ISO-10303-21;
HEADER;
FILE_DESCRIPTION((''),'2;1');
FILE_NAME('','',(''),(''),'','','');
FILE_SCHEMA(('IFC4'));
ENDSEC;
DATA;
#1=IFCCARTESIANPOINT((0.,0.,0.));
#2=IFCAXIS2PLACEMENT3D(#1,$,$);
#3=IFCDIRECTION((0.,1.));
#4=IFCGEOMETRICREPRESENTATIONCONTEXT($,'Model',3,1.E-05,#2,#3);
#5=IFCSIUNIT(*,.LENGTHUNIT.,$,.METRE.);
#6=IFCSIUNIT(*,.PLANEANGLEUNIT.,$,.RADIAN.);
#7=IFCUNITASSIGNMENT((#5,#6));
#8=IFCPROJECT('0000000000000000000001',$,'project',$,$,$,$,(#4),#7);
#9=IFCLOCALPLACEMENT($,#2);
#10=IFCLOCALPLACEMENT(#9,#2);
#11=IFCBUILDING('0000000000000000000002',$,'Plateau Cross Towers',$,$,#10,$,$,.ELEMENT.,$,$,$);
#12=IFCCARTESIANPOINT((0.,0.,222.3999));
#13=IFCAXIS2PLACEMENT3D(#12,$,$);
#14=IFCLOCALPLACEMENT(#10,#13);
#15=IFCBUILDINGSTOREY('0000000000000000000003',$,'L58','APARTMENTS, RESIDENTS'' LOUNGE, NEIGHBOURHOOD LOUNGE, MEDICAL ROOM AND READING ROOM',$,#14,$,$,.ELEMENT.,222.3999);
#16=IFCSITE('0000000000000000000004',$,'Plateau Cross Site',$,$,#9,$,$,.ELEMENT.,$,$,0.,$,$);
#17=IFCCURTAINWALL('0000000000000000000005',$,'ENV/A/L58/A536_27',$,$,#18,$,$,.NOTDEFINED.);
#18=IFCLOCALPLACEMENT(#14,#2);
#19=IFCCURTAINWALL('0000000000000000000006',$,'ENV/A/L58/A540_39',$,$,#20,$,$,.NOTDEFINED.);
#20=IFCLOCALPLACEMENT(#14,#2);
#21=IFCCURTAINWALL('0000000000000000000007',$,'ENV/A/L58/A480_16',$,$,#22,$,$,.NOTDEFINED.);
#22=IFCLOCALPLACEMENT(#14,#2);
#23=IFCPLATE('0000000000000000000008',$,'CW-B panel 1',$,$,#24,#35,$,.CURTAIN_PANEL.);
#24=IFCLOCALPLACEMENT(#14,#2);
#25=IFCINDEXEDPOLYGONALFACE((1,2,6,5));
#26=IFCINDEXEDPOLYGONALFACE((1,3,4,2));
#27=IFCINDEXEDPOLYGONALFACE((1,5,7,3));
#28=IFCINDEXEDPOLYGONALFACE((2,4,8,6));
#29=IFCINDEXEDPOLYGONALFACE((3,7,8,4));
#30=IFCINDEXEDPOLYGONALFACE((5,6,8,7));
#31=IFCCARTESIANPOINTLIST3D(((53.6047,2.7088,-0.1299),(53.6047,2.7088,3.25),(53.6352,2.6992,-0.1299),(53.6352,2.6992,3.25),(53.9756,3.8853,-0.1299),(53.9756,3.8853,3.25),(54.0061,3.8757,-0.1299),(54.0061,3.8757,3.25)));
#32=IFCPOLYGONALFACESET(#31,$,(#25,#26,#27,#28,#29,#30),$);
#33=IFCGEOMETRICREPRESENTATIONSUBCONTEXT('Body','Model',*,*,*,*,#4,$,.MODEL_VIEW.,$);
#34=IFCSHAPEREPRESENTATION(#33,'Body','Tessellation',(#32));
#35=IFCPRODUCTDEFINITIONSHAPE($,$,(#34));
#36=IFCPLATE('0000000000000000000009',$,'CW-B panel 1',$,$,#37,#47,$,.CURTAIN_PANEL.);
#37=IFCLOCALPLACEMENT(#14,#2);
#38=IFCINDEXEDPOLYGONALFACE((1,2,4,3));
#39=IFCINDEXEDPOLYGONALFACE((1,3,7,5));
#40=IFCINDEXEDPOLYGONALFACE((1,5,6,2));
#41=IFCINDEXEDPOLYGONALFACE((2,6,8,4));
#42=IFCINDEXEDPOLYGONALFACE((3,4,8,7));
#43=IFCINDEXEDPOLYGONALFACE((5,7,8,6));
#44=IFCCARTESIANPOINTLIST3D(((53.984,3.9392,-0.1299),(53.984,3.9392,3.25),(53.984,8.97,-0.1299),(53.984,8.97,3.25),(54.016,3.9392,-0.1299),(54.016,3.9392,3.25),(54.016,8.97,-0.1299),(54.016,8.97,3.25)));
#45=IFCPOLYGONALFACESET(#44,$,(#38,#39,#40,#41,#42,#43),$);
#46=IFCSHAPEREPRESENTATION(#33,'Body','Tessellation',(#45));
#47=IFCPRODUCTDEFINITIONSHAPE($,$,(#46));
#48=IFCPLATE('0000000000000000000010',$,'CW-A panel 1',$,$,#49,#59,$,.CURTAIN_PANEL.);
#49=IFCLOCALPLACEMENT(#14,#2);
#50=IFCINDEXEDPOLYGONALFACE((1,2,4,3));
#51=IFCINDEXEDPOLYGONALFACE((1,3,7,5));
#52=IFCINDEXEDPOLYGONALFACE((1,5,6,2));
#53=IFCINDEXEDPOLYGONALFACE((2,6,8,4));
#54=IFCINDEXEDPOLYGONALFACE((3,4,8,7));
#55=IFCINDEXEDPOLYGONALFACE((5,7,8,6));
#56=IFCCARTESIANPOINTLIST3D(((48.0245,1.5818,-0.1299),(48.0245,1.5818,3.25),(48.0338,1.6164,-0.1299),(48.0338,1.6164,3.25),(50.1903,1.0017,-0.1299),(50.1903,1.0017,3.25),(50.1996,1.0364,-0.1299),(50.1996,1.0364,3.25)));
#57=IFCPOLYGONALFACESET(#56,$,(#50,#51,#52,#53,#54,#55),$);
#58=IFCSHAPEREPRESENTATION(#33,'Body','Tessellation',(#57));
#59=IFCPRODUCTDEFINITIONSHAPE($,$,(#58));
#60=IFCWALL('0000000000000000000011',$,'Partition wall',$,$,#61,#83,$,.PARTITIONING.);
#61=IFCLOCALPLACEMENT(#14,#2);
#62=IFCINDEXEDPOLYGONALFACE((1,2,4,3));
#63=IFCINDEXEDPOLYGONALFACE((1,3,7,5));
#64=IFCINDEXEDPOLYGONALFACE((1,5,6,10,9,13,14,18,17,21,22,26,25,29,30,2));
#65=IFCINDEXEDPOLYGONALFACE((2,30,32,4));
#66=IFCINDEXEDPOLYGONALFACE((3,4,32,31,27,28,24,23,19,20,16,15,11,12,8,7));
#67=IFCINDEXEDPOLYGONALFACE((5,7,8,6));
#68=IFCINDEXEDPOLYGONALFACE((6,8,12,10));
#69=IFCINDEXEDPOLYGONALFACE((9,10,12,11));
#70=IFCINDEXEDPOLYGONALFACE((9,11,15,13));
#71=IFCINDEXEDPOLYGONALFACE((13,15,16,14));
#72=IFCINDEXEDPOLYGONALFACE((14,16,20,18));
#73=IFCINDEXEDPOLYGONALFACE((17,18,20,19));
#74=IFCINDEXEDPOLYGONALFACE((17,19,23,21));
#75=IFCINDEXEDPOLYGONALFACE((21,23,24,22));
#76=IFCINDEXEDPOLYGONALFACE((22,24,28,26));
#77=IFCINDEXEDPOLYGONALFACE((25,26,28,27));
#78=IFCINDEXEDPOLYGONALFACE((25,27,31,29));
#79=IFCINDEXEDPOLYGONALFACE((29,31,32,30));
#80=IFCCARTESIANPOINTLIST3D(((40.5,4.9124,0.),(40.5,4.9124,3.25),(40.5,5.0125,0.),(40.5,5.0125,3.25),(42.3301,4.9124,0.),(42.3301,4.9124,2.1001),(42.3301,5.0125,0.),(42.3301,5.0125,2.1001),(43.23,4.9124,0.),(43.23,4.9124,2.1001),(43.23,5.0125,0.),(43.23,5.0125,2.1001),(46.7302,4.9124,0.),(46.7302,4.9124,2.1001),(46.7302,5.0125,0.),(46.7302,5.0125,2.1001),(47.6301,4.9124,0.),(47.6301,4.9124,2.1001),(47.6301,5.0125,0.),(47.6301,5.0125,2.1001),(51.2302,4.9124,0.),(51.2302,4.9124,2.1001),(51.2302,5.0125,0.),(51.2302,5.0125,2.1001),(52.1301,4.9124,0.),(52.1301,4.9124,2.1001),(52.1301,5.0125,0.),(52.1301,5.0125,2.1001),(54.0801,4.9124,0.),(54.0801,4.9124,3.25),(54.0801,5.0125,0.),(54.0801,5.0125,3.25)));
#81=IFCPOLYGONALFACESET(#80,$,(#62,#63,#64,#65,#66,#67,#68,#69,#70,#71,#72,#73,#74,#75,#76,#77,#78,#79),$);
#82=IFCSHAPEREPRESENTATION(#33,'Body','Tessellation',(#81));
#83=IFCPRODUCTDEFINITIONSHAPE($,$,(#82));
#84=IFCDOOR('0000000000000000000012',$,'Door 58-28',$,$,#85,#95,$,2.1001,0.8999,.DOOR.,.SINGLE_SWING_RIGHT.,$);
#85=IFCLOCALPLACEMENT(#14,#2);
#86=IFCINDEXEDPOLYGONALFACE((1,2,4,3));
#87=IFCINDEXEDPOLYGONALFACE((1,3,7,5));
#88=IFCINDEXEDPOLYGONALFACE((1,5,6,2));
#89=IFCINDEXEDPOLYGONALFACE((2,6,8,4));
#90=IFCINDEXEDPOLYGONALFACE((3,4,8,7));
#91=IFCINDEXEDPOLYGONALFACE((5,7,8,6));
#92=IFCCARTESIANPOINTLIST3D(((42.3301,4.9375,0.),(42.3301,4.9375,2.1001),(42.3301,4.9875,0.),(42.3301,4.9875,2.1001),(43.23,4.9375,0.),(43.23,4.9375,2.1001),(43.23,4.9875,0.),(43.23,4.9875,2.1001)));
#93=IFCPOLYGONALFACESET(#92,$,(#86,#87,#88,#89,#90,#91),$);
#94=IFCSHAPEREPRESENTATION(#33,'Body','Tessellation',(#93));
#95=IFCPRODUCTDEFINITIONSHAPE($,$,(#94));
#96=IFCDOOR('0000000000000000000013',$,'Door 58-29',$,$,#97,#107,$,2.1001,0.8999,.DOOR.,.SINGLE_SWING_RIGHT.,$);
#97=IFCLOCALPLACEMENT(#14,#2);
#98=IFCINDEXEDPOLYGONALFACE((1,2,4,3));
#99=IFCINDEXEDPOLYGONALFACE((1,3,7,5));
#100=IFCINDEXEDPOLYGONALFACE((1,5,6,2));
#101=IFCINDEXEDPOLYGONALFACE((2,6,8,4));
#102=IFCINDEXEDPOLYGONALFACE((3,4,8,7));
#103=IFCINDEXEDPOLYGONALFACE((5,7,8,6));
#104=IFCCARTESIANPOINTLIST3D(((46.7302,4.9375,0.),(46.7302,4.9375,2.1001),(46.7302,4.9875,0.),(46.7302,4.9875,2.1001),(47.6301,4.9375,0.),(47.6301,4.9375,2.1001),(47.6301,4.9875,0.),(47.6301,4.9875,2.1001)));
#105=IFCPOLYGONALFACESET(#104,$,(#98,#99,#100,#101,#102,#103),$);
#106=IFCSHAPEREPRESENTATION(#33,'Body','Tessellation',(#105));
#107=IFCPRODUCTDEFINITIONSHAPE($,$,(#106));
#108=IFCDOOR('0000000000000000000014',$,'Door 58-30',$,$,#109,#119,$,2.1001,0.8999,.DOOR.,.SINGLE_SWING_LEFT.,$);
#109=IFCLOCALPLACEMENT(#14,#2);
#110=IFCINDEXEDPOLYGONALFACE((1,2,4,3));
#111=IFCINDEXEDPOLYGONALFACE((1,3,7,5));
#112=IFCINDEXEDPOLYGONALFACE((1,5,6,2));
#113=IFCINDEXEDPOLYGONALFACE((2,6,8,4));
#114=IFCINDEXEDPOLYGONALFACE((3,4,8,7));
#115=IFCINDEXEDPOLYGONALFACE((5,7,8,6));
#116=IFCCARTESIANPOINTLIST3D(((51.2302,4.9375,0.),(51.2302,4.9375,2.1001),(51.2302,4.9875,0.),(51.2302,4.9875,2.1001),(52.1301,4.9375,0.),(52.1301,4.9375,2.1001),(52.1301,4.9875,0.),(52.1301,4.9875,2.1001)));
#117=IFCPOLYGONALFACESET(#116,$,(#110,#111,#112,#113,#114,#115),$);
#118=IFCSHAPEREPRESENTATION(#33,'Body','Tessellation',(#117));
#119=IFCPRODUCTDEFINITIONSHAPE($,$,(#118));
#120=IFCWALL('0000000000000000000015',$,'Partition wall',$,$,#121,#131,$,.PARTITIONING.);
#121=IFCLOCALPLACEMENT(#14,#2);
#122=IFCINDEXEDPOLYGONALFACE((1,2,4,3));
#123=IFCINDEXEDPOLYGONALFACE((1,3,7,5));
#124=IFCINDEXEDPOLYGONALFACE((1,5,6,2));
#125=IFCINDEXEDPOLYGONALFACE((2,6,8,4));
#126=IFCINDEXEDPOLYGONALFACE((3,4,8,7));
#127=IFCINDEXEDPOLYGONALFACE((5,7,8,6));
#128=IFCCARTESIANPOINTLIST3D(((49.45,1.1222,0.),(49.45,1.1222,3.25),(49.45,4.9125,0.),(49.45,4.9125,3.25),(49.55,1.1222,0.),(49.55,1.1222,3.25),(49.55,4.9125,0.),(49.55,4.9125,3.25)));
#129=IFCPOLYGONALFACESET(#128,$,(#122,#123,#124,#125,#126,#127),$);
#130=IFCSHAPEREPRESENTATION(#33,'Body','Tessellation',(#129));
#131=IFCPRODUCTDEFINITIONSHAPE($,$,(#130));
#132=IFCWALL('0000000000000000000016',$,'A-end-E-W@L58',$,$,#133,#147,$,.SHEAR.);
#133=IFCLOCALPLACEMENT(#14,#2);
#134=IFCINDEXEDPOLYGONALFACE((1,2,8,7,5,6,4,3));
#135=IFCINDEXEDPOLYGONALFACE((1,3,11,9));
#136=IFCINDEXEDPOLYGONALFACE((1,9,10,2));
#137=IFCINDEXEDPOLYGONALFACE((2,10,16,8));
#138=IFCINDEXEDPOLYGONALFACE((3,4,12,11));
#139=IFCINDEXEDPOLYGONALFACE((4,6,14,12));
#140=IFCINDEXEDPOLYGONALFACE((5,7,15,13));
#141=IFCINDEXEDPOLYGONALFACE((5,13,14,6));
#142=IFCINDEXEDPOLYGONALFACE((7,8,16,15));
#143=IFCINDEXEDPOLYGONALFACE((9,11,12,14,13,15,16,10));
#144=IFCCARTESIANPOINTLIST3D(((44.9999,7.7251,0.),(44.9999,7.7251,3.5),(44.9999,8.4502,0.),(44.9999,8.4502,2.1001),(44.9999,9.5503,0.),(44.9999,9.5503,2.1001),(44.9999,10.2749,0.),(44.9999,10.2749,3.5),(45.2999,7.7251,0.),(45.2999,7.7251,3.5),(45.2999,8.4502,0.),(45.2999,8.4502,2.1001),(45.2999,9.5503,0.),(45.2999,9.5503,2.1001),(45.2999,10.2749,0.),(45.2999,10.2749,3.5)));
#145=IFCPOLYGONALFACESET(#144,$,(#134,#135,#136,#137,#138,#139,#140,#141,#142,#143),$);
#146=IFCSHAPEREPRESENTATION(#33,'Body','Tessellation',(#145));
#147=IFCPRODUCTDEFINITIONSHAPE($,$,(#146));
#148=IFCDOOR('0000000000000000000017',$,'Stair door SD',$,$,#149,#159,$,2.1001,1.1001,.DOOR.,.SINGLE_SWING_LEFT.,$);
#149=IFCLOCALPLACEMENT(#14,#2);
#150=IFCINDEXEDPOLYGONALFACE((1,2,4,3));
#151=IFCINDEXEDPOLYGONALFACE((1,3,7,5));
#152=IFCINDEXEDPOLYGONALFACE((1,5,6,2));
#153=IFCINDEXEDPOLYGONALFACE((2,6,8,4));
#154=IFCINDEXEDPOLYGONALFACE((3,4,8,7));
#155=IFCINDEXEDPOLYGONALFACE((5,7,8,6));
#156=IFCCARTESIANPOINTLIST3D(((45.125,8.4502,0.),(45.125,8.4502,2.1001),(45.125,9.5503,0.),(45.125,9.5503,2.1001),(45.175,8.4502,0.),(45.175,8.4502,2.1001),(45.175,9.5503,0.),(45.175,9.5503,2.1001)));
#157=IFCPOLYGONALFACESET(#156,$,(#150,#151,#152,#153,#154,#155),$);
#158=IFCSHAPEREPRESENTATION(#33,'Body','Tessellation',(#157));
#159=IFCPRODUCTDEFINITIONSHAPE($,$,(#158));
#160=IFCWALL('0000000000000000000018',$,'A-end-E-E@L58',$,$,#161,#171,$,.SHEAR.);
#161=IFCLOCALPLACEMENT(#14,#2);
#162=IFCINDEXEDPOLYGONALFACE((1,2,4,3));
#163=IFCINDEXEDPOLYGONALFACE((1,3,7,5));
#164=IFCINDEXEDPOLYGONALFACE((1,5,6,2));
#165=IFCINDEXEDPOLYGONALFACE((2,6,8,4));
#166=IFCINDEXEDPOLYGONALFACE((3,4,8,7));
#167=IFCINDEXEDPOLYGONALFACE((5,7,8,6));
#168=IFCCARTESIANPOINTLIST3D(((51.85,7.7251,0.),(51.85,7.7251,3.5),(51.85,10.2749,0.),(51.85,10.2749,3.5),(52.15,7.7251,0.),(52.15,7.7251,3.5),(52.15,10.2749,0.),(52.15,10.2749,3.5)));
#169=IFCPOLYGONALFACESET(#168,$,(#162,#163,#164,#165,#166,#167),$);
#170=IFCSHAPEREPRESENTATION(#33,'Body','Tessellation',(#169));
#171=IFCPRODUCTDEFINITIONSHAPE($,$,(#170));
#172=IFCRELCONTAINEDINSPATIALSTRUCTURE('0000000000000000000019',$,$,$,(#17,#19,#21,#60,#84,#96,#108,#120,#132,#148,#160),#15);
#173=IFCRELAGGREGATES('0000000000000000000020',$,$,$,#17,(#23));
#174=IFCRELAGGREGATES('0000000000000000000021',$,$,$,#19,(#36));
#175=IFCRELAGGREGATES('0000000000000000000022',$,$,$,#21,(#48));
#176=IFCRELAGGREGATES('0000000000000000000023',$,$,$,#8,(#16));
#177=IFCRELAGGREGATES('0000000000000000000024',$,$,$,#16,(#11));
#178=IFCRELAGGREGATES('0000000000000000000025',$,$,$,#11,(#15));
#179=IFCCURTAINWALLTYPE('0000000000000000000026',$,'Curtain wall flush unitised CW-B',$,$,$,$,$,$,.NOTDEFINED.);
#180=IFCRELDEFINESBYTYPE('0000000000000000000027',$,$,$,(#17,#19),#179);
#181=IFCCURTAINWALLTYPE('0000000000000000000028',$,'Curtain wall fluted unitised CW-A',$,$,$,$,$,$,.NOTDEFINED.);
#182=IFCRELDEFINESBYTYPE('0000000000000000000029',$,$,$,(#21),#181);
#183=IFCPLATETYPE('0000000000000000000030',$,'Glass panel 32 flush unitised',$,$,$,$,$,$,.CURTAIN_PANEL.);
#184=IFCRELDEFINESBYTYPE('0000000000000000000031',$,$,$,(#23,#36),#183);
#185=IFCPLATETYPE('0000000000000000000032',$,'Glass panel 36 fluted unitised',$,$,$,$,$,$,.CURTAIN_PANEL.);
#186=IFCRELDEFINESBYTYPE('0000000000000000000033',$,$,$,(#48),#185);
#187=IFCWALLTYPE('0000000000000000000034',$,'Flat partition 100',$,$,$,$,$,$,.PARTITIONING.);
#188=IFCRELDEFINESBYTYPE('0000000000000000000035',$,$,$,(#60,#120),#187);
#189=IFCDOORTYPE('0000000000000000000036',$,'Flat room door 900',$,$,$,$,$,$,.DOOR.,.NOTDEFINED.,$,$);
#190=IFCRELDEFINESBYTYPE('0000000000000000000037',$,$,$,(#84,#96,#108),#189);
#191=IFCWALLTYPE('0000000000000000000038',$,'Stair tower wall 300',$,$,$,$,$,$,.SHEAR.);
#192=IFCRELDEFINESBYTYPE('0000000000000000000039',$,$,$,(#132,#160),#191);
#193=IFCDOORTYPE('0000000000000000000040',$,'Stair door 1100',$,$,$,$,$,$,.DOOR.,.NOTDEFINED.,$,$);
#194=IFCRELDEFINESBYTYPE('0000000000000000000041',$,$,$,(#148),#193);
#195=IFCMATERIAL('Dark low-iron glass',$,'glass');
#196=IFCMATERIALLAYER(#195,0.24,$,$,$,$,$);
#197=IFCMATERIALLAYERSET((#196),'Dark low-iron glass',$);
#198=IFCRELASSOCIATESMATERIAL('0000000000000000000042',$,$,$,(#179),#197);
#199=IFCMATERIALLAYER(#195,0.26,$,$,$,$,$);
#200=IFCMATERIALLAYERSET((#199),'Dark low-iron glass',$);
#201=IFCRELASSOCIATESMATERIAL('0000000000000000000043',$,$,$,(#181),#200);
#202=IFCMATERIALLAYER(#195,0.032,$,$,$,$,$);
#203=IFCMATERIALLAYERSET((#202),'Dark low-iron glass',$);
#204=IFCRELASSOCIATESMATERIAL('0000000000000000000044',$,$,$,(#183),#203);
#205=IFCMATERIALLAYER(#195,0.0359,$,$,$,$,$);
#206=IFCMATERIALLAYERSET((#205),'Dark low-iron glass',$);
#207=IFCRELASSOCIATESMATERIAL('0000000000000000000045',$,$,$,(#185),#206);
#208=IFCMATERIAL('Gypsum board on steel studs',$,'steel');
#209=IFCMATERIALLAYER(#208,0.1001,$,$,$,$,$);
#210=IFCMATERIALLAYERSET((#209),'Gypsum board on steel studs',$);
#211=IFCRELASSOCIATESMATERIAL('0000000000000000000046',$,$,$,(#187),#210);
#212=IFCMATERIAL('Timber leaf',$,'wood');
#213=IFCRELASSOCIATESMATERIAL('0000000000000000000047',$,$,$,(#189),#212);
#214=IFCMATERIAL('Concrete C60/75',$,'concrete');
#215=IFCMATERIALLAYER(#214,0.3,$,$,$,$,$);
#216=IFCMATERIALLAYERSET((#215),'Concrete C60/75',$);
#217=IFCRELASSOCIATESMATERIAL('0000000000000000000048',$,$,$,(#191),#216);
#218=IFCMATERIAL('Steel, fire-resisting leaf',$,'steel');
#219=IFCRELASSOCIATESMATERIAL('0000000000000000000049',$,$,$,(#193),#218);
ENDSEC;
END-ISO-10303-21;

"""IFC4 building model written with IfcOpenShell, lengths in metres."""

from ifc_helpers import new_model, si_unit, direction, frame, frame_2d, origin, origin_2d, place, context, subcontext, project, spatial, rectangle, extrude, material, layer, layer_set, type_object, element, fill, aggregate, save


model = new_model("IFC4")

# Units and contexts
model_context = context("Model", 3, precision=1e-05, world=origin(), true_north=direction((0.0, 1.0)))
body_context = subcontext(model_context, "Body", "Model", "MODEL_VIEW")
ifc_project = project(units=[si_unit("LENGTHUNIT", "METRE"), si_unit("PLANEANGLEUNIT", "RADIAN")], contexts=[model_context])

# Site, building, storey
site_placement = place(None, origin())
site = spatial("IfcSite", under=ifc_project, at=site_placement, Name="Plateau Cross Site", CompositionType="ELEMENT", RefElevation=0.0)
building_placement = place(site_placement, origin())
building = spatial("IfcBuilding", under=site, at=building_placement, Name="Plateau Cross Towers", CompositionType="ELEMENT")
storey_placement = place(building_placement, frame((0.0, 0.0, 222.3999)))
storey = spatial("IfcBuildingStorey", under=building, at=storey_placement, Name="L58", Description="APARTMENTS, RESIDENTS' LOUNGE, NEIGHBOURHOOD LOUNGE, MEDICAL ROOM AND READING ROOM", CompositionType="ELEMENT", Elevation=222.3999)

# Shared definitions
ifc_material_1 = material(Name="Concrete C60/75", Category="concrete")

# Shared definitions
ifc_material_2 = material(Name="Dark low-iron glass", Category="glass")
ifc_layer_1 = layer(ifc_material_2, 0.24)
ifc_layer_set_1 = layer_set([ifc_layer_1], Name="Dark low-iron glass")
curtain_wall_type_1 = type_object("IfcCurtainWallType", Name="Curtain wall flush unitised CW-B", PredefinedType="NOTDEFINED", material=ifc_layer_set_1)

# Curtain walls
curtain_wall_1_placement = place(storey_placement, origin())
curtain_wall_1 = element("IfcCurtainWall", 1, at=curtain_wall_1_placement, inside=storey, type_object=curtain_wall_type_1, Name="ENV/A/L58/A536_27", PredefinedType="NOTDEFINED")
curtain_wall_2_placement = place(storey_placement, origin())
curtain_wall_2 = element("IfcCurtainWall", 2, at=curtain_wall_2_placement, inside=storey, type_object=curtain_wall_type_1, Name="ENV/A/L58/A540_39", PredefinedType="NOTDEFINED")
ifc_layer_2 = layer(ifc_material_2, 0.26)
ifc_layer_set_2 = layer_set([ifc_layer_2], Name="Dark low-iron glass")
curtain_wall_type_2 = type_object("IfcCurtainWallType", Name="Curtain wall fluted unitised CW-A", PredefinedType="NOTDEFINED", material=ifc_layer_set_2)
curtain_wall_3_placement = place(storey_placement, origin())
curtain_wall_3 = element("IfcCurtainWall", 3, at=curtain_wall_3_placement, inside=storey, type_object=curtain_wall_type_2, Name="ENV/A/L58/A480_16", PredefinedType="NOTDEFINED")

# Plates
ifc_layer_3 = layer(ifc_material_2, 0.032)
ifc_layer_set_3 = layer_set([ifc_layer_3], Name="Dark low-iron glass")
plate_type_1 = type_object("IfcPlateType", Name="Glass panel 32 flush unitised", PredefinedType="CURTAIN_PANEL", material=ifc_layer_set_3)
plate_1_placement = place(storey_placement, frame((53.8054, 3.2922, -0.1299), z_axis=(0.0, 0.0, 1.0), x_axis=(0.300686, 0.953723, 0.0)))
plate_1 = element("IfcPlate", 4, at=plate_1_placement, type_object=plate_type_1, Name="CW-B panel 1", PredefinedType="CURTAIN_PANEL", context=body_context, shape_type="SweptSolid", body=[
    extrude(rectangle(XDim=1.2336, YDim=0.032, at=origin_2d()), origin(), (0.0, 0.0, 1.0), 3.3799),
])
aggregate(curtain_wall_1, [plate_1])
plate_2_placement = place(storey_placement, frame((54.0, 6.4546, -0.1299), z_axis=(0.0, 0.0, 1.0), x_axis=(0.0, 1.0, 0.0)))
plate_2 = element("IfcPlate", 5, at=plate_2_placement, type_object=plate_type_1, Name="CW-B panel 1", PredefinedType="CURTAIN_PANEL", context=body_context, shape_type="SweptSolid", body=[
    extrude(rectangle(XDim=5.0308, YDim=0.032, at=origin_2d()), origin(), (0.0, 0.0, 1.0), 3.3799),
])
aggregate(curtain_wall_2, [plate_2])
ifc_layer_4 = layer(ifc_material_2, 0.0359)
ifc_layer_set_4 = layer_set([ifc_layer_4], Name="Dark low-iron glass")
plate_type_2 = type_object("IfcPlateType", Name="Glass panel 36 fluted unitised", PredefinedType="CURTAIN_PANEL", material=ifc_layer_set_4)
plate_3_placement = place(storey_placement, frame((49.1121, 1.3091, -0.1299), z_axis=(0.0, 0.0, 1.0), x_axis=(0.965958, -0.258699, 0.0)))
plate_3 = element("IfcPlate", 6, at=plate_3_placement, type_object=plate_type_2, Name="CW-A panel 1", PredefinedType="CURTAIN_PANEL", context=body_context, shape_type="SweptSolid", body=[
    extrude(rectangle(XDim=2.2422, YDim=0.0359, at=origin_2d()), origin(), (0.0, 0.0, 1.0), 3.3799),
])
aggregate(curtain_wall_3, [plate_3])

# Wall, openings, doors
ifc_material_3 = material(Name="Gypsum board on steel studs", Category="steel")
ifc_layer_5 = layer(ifc_material_3, 0.1001)
ifc_layer_set_5 = layer_set([ifc_layer_5], Name="Gypsum board on steel studs")
wall_type_1 = type_object("IfcWallType", Name="Flat partition 100", PredefinedType="PARTITIONING", material=ifc_layer_set_5)
wall_1_placement = place(storey_placement, frame((54.0801, 4.9624, 0.0), z_axis=(0.0, 0.0, 1.0), x_axis=(-1.0, 0.0, 0.0)))
wall_1 = element("IfcWall", 7, at=wall_1_placement, inside=storey, type_object=wall_type_1, Name="Partition wall", PredefinedType="PARTITIONING", context=body_context, shape_type="SweptSolid", body=[
    extrude(rectangle(XDim=13.5801, YDim=0.1001, at=frame_2d((6.79, 0.0))), origin(), (0.0, 0.0, 1.0), 3.25),
])
opening_1_placement = place(wall_1_placement, frame((10.8501, 0.0, 0.0)))
opening_1 = element("IfcOpeningElement", 8, at=opening_1_placement, cuts=wall_1, PredefinedType="OPENING", context=body_context, shape_type="SweptSolid", body=[
    extrude(rectangle(XDim=0.8999, YDim=2.1001, at=frame_2d((0.45, 1.05))), frame((0.0, 0.0601, 0.0), z_axis=(0.0, -1.0, 0.0), x_axis=(1.0, 0.0, 0.0)), (0.0, 0.0, 1.0), 0.1201),
])
opening_2_placement = place(wall_1_placement, frame((6.45, 0.0, 0.0)))
opening_2 = element("IfcOpeningElement", 9, at=opening_2_placement, cuts=wall_1, PredefinedType="OPENING", context=body_context, shape_type="SweptSolid", body=[
    extrude(rectangle(XDim=0.8999, YDim=2.1001, at=frame_2d((0.45, 1.05))), frame((0.0, 0.0601, 0.0), z_axis=(0.0, -1.0, 0.0), x_axis=(1.0, 0.0, 0.0)), (0.0, 0.0, 1.0), 0.1201),
])
opening_3_placement = place(wall_1_placement, frame((1.95, 0.0, 0.0)))
opening_3 = element("IfcOpeningElement", 10, at=opening_3_placement, cuts=wall_1, PredefinedType="OPENING", context=body_context, shape_type="SweptSolid", body=[
    extrude(rectangle(XDim=0.8999, YDim=2.1001, at=frame_2d((0.45, 1.05))), frame((0.0, 0.0601, 0.0), z_axis=(0.0, -1.0, 0.0), x_axis=(1.0, 0.0, 0.0)), (0.0, 0.0, 1.0), 0.1201),
])
ifc_material_4 = material(Name="Timber leaf", Category="wood")
door_type_1 = type_object("IfcDoorType", Name="Flat room door 900", OperationType="NOTDEFINED", PredefinedType="DOOR", material=ifc_material_4)
door_1_placement = place(opening_1_placement, origin())
door_1 = element("IfcDoor", 11, at=door_1_placement, inside=storey, type_object=door_type_1, Name="Door 58-28", OperationType="SINGLE_SWING_RIGHT", OverallHeight=2.1001, OverallWidth=0.8999, PredefinedType="DOOR", context=body_context, shape_type="SweptSolid", body=[
    extrude(rectangle(XDim=0.8999, YDim=2.1001, at=frame_2d((0.45, 1.05))), frame((0.0, 0.0249, 0.0), z_axis=(0.0, -1.0, 0.0), x_axis=(1.0, 0.0, 0.0)), (0.0, 0.0, 1.0), 0.05),
])
fill(opening_1, door_1)
door_2_placement = place(opening_2_placement, origin())
door_2 = element("IfcDoor", 12, at=door_2_placement, inside=storey, type_object=door_type_1, Name="Door 58-29", OperationType="SINGLE_SWING_RIGHT", OverallHeight=2.1001, OverallWidth=0.8999, PredefinedType="DOOR", context=body_context, shape_type="SweptSolid", body=[
    extrude(rectangle(XDim=0.8999, YDim=2.1001, at=frame_2d((0.45, 1.05))), frame((0.0, 0.0249, 0.0), z_axis=(0.0, -1.0, 0.0), x_axis=(1.0, 0.0, 0.0)), (0.0, 0.0, 1.0), 0.05),
])
fill(opening_2, door_2)
door_3_placement = place(opening_3_placement, origin())
door_3 = element("IfcDoor", 13, at=door_3_placement, inside=storey, type_object=door_type_1, Name="Door 58-30", OperationType="SINGLE_SWING_LEFT", OverallHeight=2.1001, OverallWidth=0.8999, PredefinedType="DOOR", context=body_context, shape_type="SweptSolid", body=[
    extrude(rectangle(XDim=0.8999, YDim=2.1001, at=frame_2d((0.45, 1.05))), frame((0.0, 0.0249, 0.0), z_axis=(0.0, -1.0, 0.0), x_axis=(1.0, 0.0, 0.0)), (0.0, 0.0, 1.0), 0.05),
])
fill(opening_3, door_3)

# Wall
wall_2_placement = place(storey_placement, frame((49.5, 1.1223, 0.0), z_axis=(0.0, 0.0, 1.0), x_axis=(0.0, 1.0, 0.0)))
element("IfcWall", 14, at=wall_2_placement, inside=storey, type_object=wall_type_1, Name="Partition wall", PredefinedType="PARTITIONING", context=body_context, shape_type="SweptSolid", body=[
    extrude(rectangle(XDim=3.7903, YDim=0.1001, at=frame_2d((1.895, 0.0))), origin(), (0.0, 0.0, 1.0), 3.25),
])

# Wall, opening, door
ifc_layer_6 = layer(ifc_material_1, 0.3)
ifc_layer_set_6 = layer_set([ifc_layer_6], Name="Concrete C60/75")
wall_type_2 = type_object("IfcWallType", Name="Stair tower wall 300", PredefinedType="SHEAR", material=ifc_layer_set_6)
wall_3_placement = place(storey_placement, frame((45.1499, 7.7251, 0.0), z_axis=(0.0, 0.0, 1.0), x_axis=(0.0, 1.0, 0.0)))
wall_3 = element("IfcWall", 15, at=wall_3_placement, inside=storey, type_object=wall_type_2, Name="A-end-E-W@L58", PredefinedType="SHEAR", context=body_context, shape_type="SweptSolid", body=[
    extrude(rectangle(XDim=2.5498, YDim=0.3, at=frame_2d((1.2749, 0.0))), origin(), (0.0, 0.0, 1.0), 3.5),
])
opening_4_placement = place(wall_3_placement, frame((0.7251, 0.0, 0.0)))
opening_4 = element("IfcOpeningElement", 16, at=opening_4_placement, cuts=wall_3, PredefinedType="OPENING", context=body_context, shape_type="SweptSolid", body=[
    extrude(rectangle(XDim=1.1001, YDim=2.1001, at=frame_2d((0.55, 1.05))), frame((0.0, 0.1599, 0.0), z_axis=(0.0, -1.0, 0.0), x_axis=(1.0, 0.0, 0.0)), (0.0, 0.0, 1.0), 0.3201),
])
ifc_material_5 = material(Name="Steel, fire-resisting leaf", Category="steel")
door_type_2 = type_object("IfcDoorType", Name="Stair door 1100", OperationType="NOTDEFINED", PredefinedType="DOOR", material=ifc_material_5)
door_4_placement = place(opening_4_placement, origin())
door_4 = element("IfcDoor", 17, at=door_4_placement, inside=storey, type_object=door_type_2, Name="Stair door SD", OperationType="SINGLE_SWING_LEFT", OverallHeight=2.1001, OverallWidth=1.1001, PredefinedType="DOOR", context=body_context, shape_type="SweptSolid", body=[
    extrude(rectangle(XDim=1.1001, YDim=2.1001, at=frame_2d((0.55, 1.05))), frame((0.0, 0.0249, 0.0), z_axis=(0.0, -1.0, 0.0), x_axis=(1.0, 0.0, 0.0)), (0.0, 0.0, 1.0), 0.05),
])
fill(opening_4, door_4)

# Wall
wall_4_placement = place(storey_placement, frame((52.0, 7.7251, 0.0), z_axis=(0.0, 0.0, 1.0), x_axis=(0.0, 1.0, 0.0)))
element("IfcWall", 18, at=wall_4_placement, inside=storey, type_object=wall_type_2, Name="A-end-E-E@L58", PredefinedType="SHEAR", context=body_context, shape_type="SweptSolid", body=[
    extrude(rectangle(XDim=2.5498, YDim=0.3, at=frame_2d((1.2749, 0.0))), origin(), (0.0, 0.0, 1.0), 3.5),
])

save(model, "model.ifc")
